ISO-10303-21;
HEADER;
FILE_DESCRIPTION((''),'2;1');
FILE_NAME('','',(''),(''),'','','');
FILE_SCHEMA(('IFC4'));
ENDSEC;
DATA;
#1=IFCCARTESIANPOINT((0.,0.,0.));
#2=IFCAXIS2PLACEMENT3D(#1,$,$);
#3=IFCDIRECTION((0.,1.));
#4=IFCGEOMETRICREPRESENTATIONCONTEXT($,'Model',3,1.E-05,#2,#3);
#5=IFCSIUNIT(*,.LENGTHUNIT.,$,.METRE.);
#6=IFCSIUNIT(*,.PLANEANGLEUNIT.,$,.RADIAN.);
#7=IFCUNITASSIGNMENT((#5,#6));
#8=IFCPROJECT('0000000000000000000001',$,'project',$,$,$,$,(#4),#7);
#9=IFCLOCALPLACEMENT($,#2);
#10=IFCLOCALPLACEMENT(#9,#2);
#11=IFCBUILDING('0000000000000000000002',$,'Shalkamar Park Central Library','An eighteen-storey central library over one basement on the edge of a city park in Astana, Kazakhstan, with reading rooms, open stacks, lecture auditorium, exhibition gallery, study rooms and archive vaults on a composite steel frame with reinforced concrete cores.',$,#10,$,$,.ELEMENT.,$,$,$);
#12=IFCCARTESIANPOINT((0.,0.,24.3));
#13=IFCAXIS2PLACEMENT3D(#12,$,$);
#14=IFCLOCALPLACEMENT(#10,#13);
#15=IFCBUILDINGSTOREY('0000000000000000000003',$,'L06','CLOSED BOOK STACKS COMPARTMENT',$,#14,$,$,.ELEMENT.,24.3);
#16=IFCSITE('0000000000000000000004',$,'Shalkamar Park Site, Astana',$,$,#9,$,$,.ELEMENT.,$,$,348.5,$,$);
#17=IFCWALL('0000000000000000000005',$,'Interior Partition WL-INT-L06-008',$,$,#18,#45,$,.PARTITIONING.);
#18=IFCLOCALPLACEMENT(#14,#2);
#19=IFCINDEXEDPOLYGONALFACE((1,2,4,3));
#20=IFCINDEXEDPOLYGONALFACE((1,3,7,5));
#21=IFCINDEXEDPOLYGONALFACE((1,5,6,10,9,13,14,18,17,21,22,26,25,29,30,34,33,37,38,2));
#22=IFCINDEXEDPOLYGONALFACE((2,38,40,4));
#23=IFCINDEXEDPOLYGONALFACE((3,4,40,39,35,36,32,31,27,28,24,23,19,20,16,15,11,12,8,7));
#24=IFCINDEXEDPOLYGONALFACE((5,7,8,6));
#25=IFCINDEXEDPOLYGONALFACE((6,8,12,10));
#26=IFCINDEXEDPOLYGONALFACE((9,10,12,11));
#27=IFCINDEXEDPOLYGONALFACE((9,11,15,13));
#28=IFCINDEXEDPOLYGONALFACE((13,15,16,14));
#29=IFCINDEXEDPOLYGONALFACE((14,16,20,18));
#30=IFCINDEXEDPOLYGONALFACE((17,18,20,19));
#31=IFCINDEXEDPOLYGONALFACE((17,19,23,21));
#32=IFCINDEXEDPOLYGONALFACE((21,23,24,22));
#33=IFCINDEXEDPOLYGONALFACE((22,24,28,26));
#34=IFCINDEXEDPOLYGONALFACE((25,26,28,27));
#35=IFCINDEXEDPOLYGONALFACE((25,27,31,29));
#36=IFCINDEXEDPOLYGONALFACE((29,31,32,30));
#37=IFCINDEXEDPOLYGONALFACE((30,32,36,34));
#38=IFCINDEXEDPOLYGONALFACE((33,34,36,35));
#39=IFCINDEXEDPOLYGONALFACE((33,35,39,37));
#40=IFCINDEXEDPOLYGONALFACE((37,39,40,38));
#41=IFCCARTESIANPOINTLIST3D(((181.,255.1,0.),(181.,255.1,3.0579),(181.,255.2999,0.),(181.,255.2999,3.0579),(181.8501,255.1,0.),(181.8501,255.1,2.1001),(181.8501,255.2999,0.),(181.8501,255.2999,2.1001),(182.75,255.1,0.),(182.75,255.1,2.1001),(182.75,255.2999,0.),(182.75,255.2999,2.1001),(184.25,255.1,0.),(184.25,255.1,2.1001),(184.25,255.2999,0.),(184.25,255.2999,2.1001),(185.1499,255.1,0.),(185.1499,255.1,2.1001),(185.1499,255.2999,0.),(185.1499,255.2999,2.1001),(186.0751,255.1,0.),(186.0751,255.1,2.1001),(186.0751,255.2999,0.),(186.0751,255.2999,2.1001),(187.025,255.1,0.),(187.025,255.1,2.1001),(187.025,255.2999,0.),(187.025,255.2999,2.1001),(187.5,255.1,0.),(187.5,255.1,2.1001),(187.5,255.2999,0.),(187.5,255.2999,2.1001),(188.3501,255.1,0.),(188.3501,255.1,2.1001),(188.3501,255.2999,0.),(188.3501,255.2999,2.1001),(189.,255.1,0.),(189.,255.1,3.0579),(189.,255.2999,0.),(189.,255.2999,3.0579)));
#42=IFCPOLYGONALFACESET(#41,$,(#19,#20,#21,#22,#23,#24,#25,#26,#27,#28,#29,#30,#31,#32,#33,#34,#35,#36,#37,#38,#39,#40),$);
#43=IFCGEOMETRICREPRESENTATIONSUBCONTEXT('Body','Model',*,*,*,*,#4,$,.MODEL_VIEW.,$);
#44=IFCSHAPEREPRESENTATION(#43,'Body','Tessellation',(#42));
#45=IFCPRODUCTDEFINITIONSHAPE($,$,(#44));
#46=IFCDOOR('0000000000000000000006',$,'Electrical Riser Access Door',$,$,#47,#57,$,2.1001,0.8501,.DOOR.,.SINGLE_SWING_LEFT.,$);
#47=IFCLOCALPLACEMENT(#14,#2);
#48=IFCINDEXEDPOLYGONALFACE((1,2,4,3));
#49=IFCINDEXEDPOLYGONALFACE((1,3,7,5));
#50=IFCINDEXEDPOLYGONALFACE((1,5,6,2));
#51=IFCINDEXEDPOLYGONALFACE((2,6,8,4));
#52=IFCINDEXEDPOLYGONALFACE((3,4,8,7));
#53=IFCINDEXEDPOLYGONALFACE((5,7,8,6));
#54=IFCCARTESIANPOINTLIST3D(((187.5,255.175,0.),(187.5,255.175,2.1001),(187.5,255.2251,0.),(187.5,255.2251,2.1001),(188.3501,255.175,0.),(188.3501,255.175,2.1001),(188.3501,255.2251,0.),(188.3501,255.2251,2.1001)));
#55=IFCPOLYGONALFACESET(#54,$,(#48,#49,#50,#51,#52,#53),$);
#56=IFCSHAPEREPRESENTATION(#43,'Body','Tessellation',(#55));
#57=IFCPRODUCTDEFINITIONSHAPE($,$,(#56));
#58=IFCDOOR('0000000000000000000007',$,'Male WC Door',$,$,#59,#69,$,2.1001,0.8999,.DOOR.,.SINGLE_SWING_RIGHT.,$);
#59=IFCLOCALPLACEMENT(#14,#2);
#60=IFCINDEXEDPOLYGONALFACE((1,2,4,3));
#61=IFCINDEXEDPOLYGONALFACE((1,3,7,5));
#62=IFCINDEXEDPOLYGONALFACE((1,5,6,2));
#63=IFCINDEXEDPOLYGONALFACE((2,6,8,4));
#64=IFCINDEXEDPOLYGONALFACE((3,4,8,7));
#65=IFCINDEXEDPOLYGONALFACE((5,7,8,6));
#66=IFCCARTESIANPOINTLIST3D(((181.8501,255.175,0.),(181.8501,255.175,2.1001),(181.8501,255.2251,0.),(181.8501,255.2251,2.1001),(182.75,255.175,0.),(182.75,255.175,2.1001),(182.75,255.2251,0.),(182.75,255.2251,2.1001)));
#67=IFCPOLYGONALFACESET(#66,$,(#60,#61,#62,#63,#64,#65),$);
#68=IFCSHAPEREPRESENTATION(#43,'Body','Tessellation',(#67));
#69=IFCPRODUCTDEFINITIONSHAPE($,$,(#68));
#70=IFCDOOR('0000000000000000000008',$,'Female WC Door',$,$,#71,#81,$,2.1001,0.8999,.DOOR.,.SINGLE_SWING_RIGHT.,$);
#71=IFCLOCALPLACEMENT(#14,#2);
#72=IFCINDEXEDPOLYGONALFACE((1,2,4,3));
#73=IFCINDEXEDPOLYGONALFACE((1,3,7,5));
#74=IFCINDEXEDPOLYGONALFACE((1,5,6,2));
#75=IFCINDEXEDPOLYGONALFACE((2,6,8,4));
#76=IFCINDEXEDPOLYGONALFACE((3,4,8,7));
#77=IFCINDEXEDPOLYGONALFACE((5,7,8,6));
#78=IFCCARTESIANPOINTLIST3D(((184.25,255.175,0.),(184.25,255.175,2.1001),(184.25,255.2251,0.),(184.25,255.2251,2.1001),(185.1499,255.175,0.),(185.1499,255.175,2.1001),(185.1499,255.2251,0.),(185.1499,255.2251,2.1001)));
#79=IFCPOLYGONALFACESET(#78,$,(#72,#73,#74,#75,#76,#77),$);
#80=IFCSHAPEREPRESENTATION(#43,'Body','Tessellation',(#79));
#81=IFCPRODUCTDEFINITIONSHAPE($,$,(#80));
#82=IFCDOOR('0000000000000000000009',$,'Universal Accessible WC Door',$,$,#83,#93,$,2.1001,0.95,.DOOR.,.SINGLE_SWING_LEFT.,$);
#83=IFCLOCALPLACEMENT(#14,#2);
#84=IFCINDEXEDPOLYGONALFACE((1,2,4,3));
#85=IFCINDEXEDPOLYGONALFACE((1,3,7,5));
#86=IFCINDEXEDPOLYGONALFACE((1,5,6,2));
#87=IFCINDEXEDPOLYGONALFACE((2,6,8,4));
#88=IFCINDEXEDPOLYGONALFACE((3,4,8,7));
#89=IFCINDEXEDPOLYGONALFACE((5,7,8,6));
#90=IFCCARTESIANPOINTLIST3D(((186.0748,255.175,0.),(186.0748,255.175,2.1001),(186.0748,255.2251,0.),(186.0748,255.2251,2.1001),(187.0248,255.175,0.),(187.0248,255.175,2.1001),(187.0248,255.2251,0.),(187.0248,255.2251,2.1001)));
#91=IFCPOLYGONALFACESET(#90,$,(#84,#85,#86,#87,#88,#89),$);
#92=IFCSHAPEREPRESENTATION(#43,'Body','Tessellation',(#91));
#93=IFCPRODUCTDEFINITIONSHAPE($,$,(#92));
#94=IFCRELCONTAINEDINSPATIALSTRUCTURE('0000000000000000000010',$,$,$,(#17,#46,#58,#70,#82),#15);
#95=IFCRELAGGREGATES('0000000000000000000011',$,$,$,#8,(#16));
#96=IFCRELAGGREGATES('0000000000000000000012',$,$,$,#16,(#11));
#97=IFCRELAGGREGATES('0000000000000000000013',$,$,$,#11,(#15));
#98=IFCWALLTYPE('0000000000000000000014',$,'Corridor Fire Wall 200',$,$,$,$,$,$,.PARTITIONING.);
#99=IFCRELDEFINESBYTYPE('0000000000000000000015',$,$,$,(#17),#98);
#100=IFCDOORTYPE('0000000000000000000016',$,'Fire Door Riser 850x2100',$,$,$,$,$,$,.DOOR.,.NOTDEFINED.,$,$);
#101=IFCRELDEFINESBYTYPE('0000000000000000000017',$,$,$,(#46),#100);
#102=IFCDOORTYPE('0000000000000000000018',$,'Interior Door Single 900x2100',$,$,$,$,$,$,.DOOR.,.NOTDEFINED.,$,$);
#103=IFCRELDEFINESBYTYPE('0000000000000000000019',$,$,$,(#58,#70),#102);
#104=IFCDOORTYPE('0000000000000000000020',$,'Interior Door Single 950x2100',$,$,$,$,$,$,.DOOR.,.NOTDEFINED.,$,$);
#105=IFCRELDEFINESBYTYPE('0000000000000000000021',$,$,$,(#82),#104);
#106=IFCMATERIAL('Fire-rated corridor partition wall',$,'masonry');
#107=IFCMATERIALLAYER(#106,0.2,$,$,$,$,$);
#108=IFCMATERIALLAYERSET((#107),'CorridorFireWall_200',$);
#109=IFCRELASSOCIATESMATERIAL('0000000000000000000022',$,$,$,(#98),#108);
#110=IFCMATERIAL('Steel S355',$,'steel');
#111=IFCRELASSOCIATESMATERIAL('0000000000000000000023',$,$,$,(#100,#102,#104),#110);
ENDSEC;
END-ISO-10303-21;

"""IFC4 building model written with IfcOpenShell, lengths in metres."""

from ifc_helpers import new_model, si_unit, direction, frame, frame_2d, origin, place, context, subcontext, project, spatial, rectangle, extrude, material, layer, layer_set, type_object, element, fill, save


model = new_model("IFC4")

# Units and contexts
model_context = context("Model", 3, precision=1e-05, world=origin(), true_north=direction((0.0, 1.0)))
body_context = subcontext(model_context, "Body", "Model", "MODEL_VIEW")
ifc_project = project(units=[si_unit("LENGTHUNIT", "METRE"), si_unit("PLANEANGLEUNIT", "RADIAN")], contexts=[model_context])

# Site, building, storey
site_placement = place(None, origin())
site = spatial("IfcSite", under=ifc_project, at=site_placement, Name="Shalkamar Park Site, Astana", CompositionType="ELEMENT", RefElevation=348.5)
building_placement = place(site_placement, origin())
building = spatial("IfcBuilding", under=site, at=building_placement, Name="Shalkamar Park Central Library", Description="An eighteen-storey central library over one basement on the edge of a city park in Astana, Kazakhstan, with reading rooms, open stacks, lecture auditorium, exhibition gallery, study rooms and archive vaults on a composite steel frame with reinforced concrete cores.", CompositionType="ELEMENT")
storey_placement = place(building_placement, frame((0.0, 0.0, 24.3)))
storey = spatial("IfcBuildingStorey", under=building, at=storey_placement, Name="L06", Description="CLOSED BOOK STACKS COMPARTMENT", CompositionType="ELEMENT", Elevation=24.3)

# Shared definitions
ifc_material_1 = material(Name="Steel S355", Category="steel")

# Wall, openings, doors
ifc_material_2 = material(Name="Fire-rated corridor partition wall", Category="masonry")
ifc_layer_1 = layer(ifc_material_2, 0.2)
ifc_layer_set_1 = layer_set([ifc_layer_1], Name="CorridorFireWall_200")
wall_type_1 = type_object("IfcWallType", Name="Corridor Fire Wall 200", PredefinedType="PARTITIONING", material=ifc_layer_set_1)
wall_1_placement = place(storey_placement, frame((181.0, 255.2, 0.0), z_axis=(0.0, 0.0, 1.0), x_axis=(1.0, 0.0, 0.0)))
wall_1 = element("IfcWall", 1, at=wall_1_placement, inside=storey, type_object=wall_type_1, Name="Interior Partition WL-INT-L06-008", PredefinedType="PARTITIONING", context=body_context, shape_type="SweptSolid", body=[
    extrude(rectangle(XDim=8.0, YDim=0.2, at=frame_2d((4.0, 0.0))), origin(), (0.0, 0.0, 1.0), 3.0579),
])
opening_1_placement = place(wall_1_placement, frame((0.8501, 0.0, 0.0)))
opening_1 = element("IfcOpeningElement", 2, at=opening_1_placement, cuts=wall_1, PredefinedType="OPENING", context=body_context, shape_type="SweptSolid", body=[
    extrude(rectangle(XDim=0.8999, YDim=2.1001, at=frame_2d((0.45, 1.05))), frame((0.0, 0.1147, 0.0), z_axis=(0.0, -1.0, 0.0), x_axis=(1.0, 0.0, 0.0)), (0.0, 0.0, 1.0), 0.2297),
])
opening_2_placement = place(wall_1_placement, frame((3.25, 0.0, 0.0)))
opening_2 = element("IfcOpeningElement", 3, at=opening_2_placement, cuts=wall_1, PredefinedType="OPENING", context=body_context, shape_type="SweptSolid", body=[
    extrude(rectangle(XDim=0.8999, YDim=2.1001, at=frame_2d((0.45, 1.05))), frame((0.0, 0.1147, 0.0), z_axis=(0.0, -1.0, 0.0), x_axis=(1.0, 0.0, 0.0)), (0.0, 0.0, 1.0), 0.2297),
])
opening_3_placement = place(wall_1_placement, frame((5.075, 0.0, 0.0)))
opening_3 = element("IfcOpeningElement", 4, at=opening_3_placement, cuts=wall_1, PredefinedType="OPENING", context=body_context, shape_type="SweptSolid", body=[
    extrude(rectangle(XDim=0.95, YDim=2.1001, at=frame_2d((0.4751, 1.05))), frame((0.0, 0.1147, 0.0), z_axis=(0.0, -1.0, 0.0), x_axis=(1.0, 0.0, 0.0)), (0.0, 0.0, 1.0), 0.2297),
])
opening_4_placement = place(wall_1_placement, frame((6.5, 0.0, 0.0)))
opening_4 = element("IfcOpeningElement", 5, at=opening_4_placement, cuts=wall_1, PredefinedType="OPENING", context=body_context, shape_type="SweptSolid", body=[
    extrude(rectangle(XDim=0.8501, YDim=2.1001, at=frame_2d((0.425, 1.05))), frame((0.0, 0.1147, 0.0), z_axis=(0.0, -1.0, 0.0), x_axis=(1.0, 0.0, 0.0)), (0.0, 0.0, 1.0), 0.2297),
])
door_type_1 = type_object("IfcDoorType", Name="Fire Door Riser 850x2100", OperationType="NOTDEFINED", PredefinedType="DOOR", material=ifc_material_1)
door_1_placement = place(opening_4_placement, frame((0.8501, 0.0, 0.0), z_axis=(0.0, 0.0, 1.0), x_axis=(-1.0, 0.0, 0.0)))
door_1 = element("IfcDoor", 6, at=door_1_placement, inside=storey, type_object=door_type_1, Name="Electrical Riser Access Door", OperationType="SINGLE_SWING_LEFT", OverallHeight=2.1001, OverallWidth=0.8501, PredefinedType="DOOR", context=body_context, shape_type="SweptSolid", body=[
    extrude(rectangle(XDim=0.8501, YDim=2.1001, at=frame_2d((0.425, 1.05))), frame((0.0, 0.0249, 0.0), z_axis=(0.0, -1.0, 0.0), x_axis=(1.0, 0.0, 0.0)), (0.0, 0.0, 1.0), 0.05),
])
fill(opening_4, door_1)
door_type_2 = type_object("IfcDoorType", Name="Interior Door Single 900x2100", OperationType="NOTDEFINED", PredefinedType="DOOR", material=ifc_material_1)
door_2_placement = place(opening_1_placement, frame((0.8999, 0.0, 0.0), z_axis=(0.0, 0.0, 1.0), x_axis=(-1.0, 0.0, 0.0)))
door_2 = element("IfcDoor", 7, at=door_2_placement, inside=storey, type_object=door_type_2, Name="Male WC Door", OperationType="SINGLE_SWING_RIGHT", OverallHeight=2.1001, OverallWidth=0.8999, PredefinedType="DOOR", context=body_context, shape_type="SweptSolid", body=[
    extrude(rectangle(XDim=0.8999, YDim=2.1001, at=frame_2d((0.45, 1.05))), frame((0.0, 0.0249, 0.0), z_axis=(0.0, -1.0, 0.0), x_axis=(1.0, 0.0, 0.0)), (0.0, 0.0, 1.0), 0.05),
])
fill(opening_1, door_2)
door_3_placement = place(opening_2_placement, frame((0.8999, 0.0, 0.0), z_axis=(0.0, 0.0, 1.0), x_axis=(-1.0, 0.0, 0.0)))
door_3 = element("IfcDoor", 8, at=door_3_placement, inside=storey, type_object=door_type_2, Name="Female WC Door", OperationType="SINGLE_SWING_RIGHT", OverallHeight=2.1001, OverallWidth=0.8999, PredefinedType="DOOR", context=body_context, shape_type="SweptSolid", body=[
    extrude(rectangle(XDim=0.8999, YDim=2.1001, at=frame_2d((0.45, 1.05))), frame((0.0, 0.0249, 0.0), z_axis=(0.0, -1.0, 0.0), x_axis=(1.0, 0.0, 0.0)), (0.0, 0.0, 1.0), 0.05),
])
fill(opening_2, door_3)
door_type_3 = type_object("IfcDoorType", Name="Interior Door Single 950x2100", OperationType="NOTDEFINED", PredefinedType="DOOR", material=ifc_material_1)
door_4_placement = place(opening_3_placement, frame((0.95, 0.0, 0.0), z_axis=(0.0, 0.0, 1.0), x_axis=(-1.0, 0.0, 0.0)))
door_4 = element("IfcDoor", 9, at=door_4_placement, inside=storey, type_object=door_type_3, Name="Universal Accessible WC Door", OperationType="SINGLE_SWING_LEFT", OverallHeight=2.1001, OverallWidth=0.95, PredefinedType="DOOR", context=body_context, shape_type="SweptSolid", body=[
    extrude(rectangle(XDim=0.95, YDim=2.1001, at=frame_2d((0.4751, 1.05))), frame((0.0, 0.0249, 0.0), z_axis=(0.0, -1.0, 0.0), x_axis=(1.0, 0.0, 0.0)), (0.0, 0.0, 1.0), 0.05),
])
fill(opening_3, door_4)

save(model, "model.ifc")
